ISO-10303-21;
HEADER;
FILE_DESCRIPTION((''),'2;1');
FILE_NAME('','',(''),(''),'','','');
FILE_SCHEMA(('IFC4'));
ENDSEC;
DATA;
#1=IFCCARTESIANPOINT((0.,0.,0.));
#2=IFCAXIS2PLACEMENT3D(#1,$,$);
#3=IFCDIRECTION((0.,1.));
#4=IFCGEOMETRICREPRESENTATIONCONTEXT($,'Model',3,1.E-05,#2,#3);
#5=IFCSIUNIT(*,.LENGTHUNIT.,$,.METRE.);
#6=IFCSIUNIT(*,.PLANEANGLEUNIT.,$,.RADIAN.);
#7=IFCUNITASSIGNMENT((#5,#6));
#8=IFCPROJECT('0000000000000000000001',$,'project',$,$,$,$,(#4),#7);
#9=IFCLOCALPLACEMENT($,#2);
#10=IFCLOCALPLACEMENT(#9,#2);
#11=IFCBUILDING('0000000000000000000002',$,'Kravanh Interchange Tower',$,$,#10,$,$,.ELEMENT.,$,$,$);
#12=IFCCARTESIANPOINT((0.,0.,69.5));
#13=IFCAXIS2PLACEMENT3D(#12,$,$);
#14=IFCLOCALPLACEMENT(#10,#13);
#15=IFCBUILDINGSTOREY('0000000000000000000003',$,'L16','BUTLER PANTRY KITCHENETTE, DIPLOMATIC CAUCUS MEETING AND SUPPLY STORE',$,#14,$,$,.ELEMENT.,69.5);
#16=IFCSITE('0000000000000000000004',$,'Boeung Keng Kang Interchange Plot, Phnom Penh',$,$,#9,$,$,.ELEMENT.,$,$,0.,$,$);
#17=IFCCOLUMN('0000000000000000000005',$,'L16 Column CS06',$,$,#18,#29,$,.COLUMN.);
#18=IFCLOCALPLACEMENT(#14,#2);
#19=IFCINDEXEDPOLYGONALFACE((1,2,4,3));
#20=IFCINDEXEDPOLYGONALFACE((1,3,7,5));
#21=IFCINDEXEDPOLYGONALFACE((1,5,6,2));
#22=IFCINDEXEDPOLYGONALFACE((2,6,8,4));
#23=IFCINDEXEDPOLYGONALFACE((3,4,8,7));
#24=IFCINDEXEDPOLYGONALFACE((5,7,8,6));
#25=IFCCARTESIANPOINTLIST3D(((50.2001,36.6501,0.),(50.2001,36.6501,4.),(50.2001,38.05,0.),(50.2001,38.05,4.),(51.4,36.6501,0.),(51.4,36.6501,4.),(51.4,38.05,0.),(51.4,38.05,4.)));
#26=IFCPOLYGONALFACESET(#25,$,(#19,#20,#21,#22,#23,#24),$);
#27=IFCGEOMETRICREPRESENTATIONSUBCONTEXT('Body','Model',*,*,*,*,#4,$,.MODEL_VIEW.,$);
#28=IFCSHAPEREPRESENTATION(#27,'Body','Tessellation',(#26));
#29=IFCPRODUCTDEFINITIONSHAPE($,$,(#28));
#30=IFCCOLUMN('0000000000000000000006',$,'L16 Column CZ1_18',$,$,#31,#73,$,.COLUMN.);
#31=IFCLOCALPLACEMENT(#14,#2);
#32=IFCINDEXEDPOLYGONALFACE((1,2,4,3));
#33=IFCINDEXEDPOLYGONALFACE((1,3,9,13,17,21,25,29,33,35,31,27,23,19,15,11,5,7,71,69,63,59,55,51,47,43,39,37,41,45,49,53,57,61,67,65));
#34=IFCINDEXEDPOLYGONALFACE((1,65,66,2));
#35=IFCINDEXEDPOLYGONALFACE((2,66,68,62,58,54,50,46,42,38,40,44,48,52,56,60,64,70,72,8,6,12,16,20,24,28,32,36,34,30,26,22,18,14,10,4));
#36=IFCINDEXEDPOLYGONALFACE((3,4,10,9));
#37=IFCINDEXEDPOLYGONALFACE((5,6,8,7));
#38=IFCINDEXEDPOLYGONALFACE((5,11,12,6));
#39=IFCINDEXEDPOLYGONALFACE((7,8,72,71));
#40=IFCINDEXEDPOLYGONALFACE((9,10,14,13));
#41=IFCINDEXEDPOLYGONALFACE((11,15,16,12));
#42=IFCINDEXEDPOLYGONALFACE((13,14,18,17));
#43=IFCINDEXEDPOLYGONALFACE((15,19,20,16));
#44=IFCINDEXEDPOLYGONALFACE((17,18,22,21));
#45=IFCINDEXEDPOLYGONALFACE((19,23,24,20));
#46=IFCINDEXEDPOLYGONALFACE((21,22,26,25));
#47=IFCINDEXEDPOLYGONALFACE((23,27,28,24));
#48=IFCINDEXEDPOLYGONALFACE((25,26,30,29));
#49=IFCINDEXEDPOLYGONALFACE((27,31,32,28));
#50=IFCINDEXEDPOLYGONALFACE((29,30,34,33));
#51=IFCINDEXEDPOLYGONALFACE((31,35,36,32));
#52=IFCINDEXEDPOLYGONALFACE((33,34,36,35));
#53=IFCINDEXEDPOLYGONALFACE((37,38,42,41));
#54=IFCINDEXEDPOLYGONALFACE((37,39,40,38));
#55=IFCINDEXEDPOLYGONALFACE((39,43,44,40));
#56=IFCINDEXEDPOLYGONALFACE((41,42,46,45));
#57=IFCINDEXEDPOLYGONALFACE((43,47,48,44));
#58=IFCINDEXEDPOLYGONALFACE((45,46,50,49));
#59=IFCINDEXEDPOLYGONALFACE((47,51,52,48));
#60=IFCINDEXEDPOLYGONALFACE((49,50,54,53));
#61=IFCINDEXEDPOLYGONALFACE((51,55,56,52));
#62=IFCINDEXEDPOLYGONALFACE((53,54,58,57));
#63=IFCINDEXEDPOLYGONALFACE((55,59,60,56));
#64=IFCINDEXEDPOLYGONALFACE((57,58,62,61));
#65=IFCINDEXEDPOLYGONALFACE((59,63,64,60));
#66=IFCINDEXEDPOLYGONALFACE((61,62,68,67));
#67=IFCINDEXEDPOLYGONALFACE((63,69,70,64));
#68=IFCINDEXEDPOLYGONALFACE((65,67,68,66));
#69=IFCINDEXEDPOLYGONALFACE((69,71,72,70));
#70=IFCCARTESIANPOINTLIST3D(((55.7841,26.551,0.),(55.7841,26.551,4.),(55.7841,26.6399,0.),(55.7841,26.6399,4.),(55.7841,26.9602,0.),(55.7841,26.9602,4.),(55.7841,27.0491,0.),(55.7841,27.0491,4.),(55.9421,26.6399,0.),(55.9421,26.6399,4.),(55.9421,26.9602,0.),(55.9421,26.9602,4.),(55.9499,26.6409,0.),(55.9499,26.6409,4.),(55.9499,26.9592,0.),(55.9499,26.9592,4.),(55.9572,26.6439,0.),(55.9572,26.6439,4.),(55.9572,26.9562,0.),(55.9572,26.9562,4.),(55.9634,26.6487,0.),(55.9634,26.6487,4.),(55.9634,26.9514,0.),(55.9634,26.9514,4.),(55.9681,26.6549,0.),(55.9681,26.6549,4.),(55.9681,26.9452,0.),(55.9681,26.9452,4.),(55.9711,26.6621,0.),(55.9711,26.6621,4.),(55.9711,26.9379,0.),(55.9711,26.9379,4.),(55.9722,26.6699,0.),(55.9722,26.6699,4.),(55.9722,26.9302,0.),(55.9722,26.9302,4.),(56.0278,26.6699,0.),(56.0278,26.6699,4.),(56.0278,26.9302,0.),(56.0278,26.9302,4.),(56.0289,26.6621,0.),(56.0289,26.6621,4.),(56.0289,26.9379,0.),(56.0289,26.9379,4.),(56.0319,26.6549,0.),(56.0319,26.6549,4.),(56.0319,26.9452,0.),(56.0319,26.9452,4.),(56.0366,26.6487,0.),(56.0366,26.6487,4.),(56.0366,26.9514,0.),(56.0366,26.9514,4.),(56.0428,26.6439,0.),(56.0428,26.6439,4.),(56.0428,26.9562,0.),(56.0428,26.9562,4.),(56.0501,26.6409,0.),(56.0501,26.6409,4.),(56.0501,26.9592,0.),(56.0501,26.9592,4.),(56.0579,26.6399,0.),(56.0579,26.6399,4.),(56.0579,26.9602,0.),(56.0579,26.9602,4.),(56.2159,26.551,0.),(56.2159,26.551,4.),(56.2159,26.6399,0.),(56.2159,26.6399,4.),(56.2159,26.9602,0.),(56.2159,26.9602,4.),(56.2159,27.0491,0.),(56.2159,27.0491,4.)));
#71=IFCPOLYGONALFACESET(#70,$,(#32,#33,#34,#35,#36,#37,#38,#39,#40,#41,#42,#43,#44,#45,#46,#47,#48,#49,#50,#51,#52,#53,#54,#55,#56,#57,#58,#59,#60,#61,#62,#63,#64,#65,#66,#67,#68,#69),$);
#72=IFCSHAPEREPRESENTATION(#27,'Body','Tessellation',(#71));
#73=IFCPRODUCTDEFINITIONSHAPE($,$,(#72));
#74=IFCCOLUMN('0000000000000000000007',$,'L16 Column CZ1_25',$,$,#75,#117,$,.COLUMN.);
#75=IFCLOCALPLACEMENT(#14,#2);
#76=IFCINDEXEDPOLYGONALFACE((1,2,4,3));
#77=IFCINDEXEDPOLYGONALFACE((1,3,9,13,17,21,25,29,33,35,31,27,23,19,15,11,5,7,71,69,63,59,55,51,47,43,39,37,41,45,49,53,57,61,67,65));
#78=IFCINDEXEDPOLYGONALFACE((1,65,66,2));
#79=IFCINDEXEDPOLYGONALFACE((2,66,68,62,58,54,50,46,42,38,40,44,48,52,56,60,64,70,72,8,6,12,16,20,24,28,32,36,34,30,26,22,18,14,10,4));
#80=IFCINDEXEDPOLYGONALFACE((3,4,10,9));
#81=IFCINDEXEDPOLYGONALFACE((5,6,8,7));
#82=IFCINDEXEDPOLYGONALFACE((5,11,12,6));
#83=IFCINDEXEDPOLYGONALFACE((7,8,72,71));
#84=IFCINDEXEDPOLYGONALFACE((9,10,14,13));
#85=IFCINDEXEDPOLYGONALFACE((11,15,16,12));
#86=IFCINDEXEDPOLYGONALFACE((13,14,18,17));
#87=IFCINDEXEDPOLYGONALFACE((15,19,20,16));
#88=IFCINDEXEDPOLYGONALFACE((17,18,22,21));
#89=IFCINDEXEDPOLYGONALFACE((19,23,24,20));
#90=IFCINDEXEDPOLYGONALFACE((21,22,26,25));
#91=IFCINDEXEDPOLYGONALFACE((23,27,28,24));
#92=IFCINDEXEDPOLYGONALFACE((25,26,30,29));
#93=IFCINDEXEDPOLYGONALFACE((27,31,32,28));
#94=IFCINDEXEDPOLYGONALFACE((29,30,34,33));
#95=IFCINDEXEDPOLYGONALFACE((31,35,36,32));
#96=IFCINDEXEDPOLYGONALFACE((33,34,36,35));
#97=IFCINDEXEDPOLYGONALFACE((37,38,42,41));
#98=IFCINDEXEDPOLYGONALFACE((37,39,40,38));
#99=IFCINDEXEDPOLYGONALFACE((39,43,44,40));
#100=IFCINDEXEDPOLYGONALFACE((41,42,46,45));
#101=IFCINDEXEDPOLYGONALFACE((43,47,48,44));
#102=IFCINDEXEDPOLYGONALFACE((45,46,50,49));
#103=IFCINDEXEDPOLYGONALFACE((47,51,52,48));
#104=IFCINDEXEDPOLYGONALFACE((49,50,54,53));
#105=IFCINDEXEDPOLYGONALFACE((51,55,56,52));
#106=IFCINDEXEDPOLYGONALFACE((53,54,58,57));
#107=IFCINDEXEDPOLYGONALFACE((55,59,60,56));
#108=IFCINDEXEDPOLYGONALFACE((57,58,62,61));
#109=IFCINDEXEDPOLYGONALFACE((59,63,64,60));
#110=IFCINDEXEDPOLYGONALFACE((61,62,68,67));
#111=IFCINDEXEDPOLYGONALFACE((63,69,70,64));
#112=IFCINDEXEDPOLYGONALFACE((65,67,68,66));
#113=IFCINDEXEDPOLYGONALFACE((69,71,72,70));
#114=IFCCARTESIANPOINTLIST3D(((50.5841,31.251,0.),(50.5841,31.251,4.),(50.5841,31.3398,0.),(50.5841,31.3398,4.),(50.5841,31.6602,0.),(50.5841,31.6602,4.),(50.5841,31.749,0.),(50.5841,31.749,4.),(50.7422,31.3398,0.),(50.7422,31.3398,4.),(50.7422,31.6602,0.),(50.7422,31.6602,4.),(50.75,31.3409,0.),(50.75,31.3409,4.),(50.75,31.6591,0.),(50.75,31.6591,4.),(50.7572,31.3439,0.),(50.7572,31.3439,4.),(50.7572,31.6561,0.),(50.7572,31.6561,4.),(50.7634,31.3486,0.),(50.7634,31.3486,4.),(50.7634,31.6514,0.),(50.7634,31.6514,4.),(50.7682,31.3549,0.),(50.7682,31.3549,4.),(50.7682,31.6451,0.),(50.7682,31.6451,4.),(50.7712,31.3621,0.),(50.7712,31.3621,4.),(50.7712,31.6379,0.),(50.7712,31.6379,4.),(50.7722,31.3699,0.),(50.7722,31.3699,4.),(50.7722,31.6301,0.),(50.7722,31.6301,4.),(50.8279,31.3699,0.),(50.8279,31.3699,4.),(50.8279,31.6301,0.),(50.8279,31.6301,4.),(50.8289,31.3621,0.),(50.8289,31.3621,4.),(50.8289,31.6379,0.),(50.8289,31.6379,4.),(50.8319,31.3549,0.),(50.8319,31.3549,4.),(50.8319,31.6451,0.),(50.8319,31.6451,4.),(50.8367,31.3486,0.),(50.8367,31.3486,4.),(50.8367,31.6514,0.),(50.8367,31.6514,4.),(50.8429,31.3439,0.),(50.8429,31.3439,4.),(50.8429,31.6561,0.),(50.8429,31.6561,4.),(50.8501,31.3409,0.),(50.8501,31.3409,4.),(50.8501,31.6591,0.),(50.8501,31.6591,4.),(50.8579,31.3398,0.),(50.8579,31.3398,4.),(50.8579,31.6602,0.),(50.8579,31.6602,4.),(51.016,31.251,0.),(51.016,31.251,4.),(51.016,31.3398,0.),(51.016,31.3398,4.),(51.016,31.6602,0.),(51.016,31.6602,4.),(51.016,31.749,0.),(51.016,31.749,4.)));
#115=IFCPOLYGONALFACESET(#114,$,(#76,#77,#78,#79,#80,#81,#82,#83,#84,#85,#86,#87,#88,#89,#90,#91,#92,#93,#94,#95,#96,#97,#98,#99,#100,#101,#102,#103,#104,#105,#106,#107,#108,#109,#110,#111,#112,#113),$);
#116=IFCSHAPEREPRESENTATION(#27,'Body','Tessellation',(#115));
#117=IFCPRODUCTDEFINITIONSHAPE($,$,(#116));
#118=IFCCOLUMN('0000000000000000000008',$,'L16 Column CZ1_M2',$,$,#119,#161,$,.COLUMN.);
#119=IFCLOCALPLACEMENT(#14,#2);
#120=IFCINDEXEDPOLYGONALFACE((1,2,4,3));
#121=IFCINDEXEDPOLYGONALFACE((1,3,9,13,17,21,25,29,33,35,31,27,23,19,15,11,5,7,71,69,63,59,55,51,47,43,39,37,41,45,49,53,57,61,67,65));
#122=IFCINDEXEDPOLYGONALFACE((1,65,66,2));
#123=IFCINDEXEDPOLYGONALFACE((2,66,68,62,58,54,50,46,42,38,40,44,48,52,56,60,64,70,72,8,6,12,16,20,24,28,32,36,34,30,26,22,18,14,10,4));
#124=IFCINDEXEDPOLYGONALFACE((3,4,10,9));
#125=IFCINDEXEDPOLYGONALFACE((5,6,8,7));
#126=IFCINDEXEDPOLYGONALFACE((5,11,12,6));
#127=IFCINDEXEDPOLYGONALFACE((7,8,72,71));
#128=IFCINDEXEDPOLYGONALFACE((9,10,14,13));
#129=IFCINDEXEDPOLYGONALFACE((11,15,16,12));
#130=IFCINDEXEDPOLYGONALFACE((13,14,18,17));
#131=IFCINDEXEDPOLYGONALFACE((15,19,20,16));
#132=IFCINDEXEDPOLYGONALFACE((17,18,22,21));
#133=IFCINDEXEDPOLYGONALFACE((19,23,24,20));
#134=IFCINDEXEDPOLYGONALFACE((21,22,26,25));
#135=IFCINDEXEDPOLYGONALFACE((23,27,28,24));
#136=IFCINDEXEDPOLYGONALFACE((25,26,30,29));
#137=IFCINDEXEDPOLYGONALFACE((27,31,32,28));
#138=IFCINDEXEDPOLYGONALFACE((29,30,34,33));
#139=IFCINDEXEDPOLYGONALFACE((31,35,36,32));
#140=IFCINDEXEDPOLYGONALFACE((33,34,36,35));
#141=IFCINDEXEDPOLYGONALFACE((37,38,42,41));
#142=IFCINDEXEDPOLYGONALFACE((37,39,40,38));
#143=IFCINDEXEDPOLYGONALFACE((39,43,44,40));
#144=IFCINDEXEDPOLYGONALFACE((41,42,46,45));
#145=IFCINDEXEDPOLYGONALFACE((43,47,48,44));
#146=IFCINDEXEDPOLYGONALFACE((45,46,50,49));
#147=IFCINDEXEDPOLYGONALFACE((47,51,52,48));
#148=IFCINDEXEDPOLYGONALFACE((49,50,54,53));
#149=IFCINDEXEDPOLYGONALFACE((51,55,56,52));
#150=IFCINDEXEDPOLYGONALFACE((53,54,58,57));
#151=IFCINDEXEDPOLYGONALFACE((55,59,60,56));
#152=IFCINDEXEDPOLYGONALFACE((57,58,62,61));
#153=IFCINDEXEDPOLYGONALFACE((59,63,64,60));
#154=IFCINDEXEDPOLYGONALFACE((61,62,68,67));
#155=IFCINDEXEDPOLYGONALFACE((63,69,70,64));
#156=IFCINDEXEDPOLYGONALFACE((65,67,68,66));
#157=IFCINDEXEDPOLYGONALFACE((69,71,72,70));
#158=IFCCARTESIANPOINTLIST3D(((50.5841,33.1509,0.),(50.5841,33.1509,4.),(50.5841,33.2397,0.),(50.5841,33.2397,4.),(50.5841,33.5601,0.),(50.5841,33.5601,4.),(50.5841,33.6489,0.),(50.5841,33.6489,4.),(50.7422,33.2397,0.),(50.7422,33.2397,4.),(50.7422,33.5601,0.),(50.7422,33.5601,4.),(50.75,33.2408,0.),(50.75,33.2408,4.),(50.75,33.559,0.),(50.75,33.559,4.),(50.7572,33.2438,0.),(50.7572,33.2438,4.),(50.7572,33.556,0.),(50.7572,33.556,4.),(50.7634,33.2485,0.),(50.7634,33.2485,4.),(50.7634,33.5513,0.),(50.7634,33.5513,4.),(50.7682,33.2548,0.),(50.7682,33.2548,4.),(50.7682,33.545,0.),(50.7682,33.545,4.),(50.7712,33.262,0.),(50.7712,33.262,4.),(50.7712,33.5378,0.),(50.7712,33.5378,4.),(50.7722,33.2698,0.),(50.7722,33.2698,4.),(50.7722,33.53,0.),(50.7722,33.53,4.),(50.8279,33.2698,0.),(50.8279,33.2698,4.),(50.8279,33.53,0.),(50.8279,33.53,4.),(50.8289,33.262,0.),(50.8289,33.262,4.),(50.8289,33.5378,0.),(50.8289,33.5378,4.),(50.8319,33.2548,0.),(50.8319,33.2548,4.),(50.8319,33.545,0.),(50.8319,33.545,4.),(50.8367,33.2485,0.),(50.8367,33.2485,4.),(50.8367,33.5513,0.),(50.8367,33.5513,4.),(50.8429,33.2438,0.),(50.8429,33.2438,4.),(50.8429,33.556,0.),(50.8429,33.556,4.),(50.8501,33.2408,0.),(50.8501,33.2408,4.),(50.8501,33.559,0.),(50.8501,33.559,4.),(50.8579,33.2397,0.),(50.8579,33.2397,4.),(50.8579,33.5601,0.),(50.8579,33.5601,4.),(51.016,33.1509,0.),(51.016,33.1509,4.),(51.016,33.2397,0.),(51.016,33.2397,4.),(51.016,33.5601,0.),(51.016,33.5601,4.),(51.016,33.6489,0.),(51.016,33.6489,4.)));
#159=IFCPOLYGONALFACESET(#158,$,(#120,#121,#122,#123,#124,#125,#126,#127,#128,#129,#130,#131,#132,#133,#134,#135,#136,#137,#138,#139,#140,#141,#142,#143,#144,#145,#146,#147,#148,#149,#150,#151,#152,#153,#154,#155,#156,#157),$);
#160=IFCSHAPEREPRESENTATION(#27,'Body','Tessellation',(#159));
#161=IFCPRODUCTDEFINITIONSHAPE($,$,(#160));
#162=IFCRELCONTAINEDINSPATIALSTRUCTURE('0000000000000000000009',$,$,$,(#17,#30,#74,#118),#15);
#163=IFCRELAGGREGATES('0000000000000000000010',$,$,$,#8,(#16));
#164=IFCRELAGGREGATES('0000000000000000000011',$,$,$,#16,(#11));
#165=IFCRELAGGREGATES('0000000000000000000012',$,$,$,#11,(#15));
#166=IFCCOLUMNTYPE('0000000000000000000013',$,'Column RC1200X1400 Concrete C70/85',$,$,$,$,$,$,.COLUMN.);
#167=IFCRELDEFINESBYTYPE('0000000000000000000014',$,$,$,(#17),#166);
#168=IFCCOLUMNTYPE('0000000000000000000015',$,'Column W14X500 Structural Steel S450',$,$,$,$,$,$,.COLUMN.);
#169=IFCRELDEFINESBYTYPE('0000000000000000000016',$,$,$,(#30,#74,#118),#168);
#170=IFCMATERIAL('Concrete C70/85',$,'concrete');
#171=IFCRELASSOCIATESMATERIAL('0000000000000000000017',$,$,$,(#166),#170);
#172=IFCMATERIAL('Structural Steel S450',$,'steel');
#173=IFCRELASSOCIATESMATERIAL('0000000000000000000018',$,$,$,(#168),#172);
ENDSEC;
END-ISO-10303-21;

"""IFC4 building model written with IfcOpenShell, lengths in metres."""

from ifc_helpers import new_model, si_unit, direction, frame, origin, origin_2d, place, context, subcontext, project, spatial, rectangle, i_section, extrude, material, material_profile, profile_set, type_object, element, save


model = new_model("IFC4")

# Units and contexts
model_context = context("Model", 3, precision=1e-05, world=origin(), true_north=direction((0.0, 1.0)))
body_context = subcontext(model_context, "Body", "Model", "MODEL_VIEW")
ifc_project = project(units=[si_unit("LENGTHUNIT", "METRE"), si_unit("PLANEANGLEUNIT", "RADIAN")], contexts=[model_context])

# Site, building, storey
site_placement = place(None, origin())
site = spatial("IfcSite", under=ifc_project, at=site_placement, Name="Boeung Keng Kang Interchange Plot, Phnom Penh", CompositionType="ELEMENT", RefElevation=0.0)
building_placement = place(site_placement, origin())
building = spatial("IfcBuilding", under=site, at=building_placement, Name="Kravanh Interchange Tower", CompositionType="ELEMENT")
storey_placement = place(building_placement, frame((0.0, 0.0, 69.5)))
storey = spatial("IfcBuildingStorey", under=building, at=storey_placement, Name="L16", Description="BUTLER PANTRY KITCHENETTE, DIPLOMATIC CAUCUS MEETING AND SUPPLY STORE", CompositionType="ELEMENT", Elevation=69.5)

# Columns
ifc_material_1 = material(Name="Concrete C70/85", Category="concrete")
ifc_material_profile_1 = material_profile(ifc_material_1, rectangle(XDim=1.2, YDim=1.3999, at=origin_2d()), Name="RC1200X1400")
ifc_profile_set_1 = profile_set([ifc_material_profile_1], Name="Concrete C70/85")
column_type_1 = type_object("IfcColumnType", Name="Column RC1200X1400 Concrete C70/85", PredefinedType="COLUMN", material=ifc_profile_set_1)
column_placement = place(storey_placement, frame((50.8, 37.3501, 0.0), z_axis=(0.0, 0.0, 1.0), x_axis=(1.0, 0.0, 0.0)))
element("IfcColumn", 1, at=column_placement, inside=storey, type_object=column_type_1, Name="L16 Column CS06", PredefinedType="COLUMN", context=body_context, shape_type="SweptSolid", body=[
    extrude(rectangle(XDim=1.2, YDim=1.3999, at=origin_2d()), origin(), (0.0, 0.0, 1.0), 4.0),
])
ifc_material_2 = material(Name="Structural Steel S450", Category="steel")
ifc_material_profile_2 = material_profile(ifc_material_2, i_section(OverallWidth=0.4319, OverallDepth=0.498, WebThickness=0.0557, FlangeThickness=0.0889, FilletRadius=0.03, at=origin_2d()), Name="W14X500")
ifc_profile_set_2 = profile_set([ifc_material_profile_2], Name="Structural Steel S450")
column_type_2 = type_object("IfcColumnType", Name="Column W14X500 Structural Steel S450", PredefinedType="COLUMN", material=ifc_profile_set_2)
for number, where, z_axis, x_axis, name in (
    (2, (56.0, 26.8, 0.0), (0.0, 0.0, 1.0), (1.0, 0.0, 0.0), "L16 Column CZ1_18"),
    (3, (50.8, 31.5, 0.0), (0.0, 0.0, 1.0), (1.0, 0.0, 0.0), "L16 Column CZ1_25"),
    (4, (50.8, 33.3999, 0.0), (0.0, 0.0, 1.0), (1.0, 0.0, 0.0), "L16 Column CZ1_M2"),
):
    element("IfcColumn", number, at=place(storey_placement, frame(where, z_axis=z_axis, x_axis=x_axis)), inside=storey, type_object=column_type_2, Name=name, PredefinedType="COLUMN", context=body_context, shape_type="SweptSolid", body=[
        extrude(i_section(OverallWidth=0.4319, OverallDepth=0.498, WebThickness=0.0557, FlangeThickness=0.0889, FilletRadius=0.03, at=origin_2d()), origin(), (0.0, 0.0, 1.0), 4.0),
    ])

save(model, "model.ifc")
